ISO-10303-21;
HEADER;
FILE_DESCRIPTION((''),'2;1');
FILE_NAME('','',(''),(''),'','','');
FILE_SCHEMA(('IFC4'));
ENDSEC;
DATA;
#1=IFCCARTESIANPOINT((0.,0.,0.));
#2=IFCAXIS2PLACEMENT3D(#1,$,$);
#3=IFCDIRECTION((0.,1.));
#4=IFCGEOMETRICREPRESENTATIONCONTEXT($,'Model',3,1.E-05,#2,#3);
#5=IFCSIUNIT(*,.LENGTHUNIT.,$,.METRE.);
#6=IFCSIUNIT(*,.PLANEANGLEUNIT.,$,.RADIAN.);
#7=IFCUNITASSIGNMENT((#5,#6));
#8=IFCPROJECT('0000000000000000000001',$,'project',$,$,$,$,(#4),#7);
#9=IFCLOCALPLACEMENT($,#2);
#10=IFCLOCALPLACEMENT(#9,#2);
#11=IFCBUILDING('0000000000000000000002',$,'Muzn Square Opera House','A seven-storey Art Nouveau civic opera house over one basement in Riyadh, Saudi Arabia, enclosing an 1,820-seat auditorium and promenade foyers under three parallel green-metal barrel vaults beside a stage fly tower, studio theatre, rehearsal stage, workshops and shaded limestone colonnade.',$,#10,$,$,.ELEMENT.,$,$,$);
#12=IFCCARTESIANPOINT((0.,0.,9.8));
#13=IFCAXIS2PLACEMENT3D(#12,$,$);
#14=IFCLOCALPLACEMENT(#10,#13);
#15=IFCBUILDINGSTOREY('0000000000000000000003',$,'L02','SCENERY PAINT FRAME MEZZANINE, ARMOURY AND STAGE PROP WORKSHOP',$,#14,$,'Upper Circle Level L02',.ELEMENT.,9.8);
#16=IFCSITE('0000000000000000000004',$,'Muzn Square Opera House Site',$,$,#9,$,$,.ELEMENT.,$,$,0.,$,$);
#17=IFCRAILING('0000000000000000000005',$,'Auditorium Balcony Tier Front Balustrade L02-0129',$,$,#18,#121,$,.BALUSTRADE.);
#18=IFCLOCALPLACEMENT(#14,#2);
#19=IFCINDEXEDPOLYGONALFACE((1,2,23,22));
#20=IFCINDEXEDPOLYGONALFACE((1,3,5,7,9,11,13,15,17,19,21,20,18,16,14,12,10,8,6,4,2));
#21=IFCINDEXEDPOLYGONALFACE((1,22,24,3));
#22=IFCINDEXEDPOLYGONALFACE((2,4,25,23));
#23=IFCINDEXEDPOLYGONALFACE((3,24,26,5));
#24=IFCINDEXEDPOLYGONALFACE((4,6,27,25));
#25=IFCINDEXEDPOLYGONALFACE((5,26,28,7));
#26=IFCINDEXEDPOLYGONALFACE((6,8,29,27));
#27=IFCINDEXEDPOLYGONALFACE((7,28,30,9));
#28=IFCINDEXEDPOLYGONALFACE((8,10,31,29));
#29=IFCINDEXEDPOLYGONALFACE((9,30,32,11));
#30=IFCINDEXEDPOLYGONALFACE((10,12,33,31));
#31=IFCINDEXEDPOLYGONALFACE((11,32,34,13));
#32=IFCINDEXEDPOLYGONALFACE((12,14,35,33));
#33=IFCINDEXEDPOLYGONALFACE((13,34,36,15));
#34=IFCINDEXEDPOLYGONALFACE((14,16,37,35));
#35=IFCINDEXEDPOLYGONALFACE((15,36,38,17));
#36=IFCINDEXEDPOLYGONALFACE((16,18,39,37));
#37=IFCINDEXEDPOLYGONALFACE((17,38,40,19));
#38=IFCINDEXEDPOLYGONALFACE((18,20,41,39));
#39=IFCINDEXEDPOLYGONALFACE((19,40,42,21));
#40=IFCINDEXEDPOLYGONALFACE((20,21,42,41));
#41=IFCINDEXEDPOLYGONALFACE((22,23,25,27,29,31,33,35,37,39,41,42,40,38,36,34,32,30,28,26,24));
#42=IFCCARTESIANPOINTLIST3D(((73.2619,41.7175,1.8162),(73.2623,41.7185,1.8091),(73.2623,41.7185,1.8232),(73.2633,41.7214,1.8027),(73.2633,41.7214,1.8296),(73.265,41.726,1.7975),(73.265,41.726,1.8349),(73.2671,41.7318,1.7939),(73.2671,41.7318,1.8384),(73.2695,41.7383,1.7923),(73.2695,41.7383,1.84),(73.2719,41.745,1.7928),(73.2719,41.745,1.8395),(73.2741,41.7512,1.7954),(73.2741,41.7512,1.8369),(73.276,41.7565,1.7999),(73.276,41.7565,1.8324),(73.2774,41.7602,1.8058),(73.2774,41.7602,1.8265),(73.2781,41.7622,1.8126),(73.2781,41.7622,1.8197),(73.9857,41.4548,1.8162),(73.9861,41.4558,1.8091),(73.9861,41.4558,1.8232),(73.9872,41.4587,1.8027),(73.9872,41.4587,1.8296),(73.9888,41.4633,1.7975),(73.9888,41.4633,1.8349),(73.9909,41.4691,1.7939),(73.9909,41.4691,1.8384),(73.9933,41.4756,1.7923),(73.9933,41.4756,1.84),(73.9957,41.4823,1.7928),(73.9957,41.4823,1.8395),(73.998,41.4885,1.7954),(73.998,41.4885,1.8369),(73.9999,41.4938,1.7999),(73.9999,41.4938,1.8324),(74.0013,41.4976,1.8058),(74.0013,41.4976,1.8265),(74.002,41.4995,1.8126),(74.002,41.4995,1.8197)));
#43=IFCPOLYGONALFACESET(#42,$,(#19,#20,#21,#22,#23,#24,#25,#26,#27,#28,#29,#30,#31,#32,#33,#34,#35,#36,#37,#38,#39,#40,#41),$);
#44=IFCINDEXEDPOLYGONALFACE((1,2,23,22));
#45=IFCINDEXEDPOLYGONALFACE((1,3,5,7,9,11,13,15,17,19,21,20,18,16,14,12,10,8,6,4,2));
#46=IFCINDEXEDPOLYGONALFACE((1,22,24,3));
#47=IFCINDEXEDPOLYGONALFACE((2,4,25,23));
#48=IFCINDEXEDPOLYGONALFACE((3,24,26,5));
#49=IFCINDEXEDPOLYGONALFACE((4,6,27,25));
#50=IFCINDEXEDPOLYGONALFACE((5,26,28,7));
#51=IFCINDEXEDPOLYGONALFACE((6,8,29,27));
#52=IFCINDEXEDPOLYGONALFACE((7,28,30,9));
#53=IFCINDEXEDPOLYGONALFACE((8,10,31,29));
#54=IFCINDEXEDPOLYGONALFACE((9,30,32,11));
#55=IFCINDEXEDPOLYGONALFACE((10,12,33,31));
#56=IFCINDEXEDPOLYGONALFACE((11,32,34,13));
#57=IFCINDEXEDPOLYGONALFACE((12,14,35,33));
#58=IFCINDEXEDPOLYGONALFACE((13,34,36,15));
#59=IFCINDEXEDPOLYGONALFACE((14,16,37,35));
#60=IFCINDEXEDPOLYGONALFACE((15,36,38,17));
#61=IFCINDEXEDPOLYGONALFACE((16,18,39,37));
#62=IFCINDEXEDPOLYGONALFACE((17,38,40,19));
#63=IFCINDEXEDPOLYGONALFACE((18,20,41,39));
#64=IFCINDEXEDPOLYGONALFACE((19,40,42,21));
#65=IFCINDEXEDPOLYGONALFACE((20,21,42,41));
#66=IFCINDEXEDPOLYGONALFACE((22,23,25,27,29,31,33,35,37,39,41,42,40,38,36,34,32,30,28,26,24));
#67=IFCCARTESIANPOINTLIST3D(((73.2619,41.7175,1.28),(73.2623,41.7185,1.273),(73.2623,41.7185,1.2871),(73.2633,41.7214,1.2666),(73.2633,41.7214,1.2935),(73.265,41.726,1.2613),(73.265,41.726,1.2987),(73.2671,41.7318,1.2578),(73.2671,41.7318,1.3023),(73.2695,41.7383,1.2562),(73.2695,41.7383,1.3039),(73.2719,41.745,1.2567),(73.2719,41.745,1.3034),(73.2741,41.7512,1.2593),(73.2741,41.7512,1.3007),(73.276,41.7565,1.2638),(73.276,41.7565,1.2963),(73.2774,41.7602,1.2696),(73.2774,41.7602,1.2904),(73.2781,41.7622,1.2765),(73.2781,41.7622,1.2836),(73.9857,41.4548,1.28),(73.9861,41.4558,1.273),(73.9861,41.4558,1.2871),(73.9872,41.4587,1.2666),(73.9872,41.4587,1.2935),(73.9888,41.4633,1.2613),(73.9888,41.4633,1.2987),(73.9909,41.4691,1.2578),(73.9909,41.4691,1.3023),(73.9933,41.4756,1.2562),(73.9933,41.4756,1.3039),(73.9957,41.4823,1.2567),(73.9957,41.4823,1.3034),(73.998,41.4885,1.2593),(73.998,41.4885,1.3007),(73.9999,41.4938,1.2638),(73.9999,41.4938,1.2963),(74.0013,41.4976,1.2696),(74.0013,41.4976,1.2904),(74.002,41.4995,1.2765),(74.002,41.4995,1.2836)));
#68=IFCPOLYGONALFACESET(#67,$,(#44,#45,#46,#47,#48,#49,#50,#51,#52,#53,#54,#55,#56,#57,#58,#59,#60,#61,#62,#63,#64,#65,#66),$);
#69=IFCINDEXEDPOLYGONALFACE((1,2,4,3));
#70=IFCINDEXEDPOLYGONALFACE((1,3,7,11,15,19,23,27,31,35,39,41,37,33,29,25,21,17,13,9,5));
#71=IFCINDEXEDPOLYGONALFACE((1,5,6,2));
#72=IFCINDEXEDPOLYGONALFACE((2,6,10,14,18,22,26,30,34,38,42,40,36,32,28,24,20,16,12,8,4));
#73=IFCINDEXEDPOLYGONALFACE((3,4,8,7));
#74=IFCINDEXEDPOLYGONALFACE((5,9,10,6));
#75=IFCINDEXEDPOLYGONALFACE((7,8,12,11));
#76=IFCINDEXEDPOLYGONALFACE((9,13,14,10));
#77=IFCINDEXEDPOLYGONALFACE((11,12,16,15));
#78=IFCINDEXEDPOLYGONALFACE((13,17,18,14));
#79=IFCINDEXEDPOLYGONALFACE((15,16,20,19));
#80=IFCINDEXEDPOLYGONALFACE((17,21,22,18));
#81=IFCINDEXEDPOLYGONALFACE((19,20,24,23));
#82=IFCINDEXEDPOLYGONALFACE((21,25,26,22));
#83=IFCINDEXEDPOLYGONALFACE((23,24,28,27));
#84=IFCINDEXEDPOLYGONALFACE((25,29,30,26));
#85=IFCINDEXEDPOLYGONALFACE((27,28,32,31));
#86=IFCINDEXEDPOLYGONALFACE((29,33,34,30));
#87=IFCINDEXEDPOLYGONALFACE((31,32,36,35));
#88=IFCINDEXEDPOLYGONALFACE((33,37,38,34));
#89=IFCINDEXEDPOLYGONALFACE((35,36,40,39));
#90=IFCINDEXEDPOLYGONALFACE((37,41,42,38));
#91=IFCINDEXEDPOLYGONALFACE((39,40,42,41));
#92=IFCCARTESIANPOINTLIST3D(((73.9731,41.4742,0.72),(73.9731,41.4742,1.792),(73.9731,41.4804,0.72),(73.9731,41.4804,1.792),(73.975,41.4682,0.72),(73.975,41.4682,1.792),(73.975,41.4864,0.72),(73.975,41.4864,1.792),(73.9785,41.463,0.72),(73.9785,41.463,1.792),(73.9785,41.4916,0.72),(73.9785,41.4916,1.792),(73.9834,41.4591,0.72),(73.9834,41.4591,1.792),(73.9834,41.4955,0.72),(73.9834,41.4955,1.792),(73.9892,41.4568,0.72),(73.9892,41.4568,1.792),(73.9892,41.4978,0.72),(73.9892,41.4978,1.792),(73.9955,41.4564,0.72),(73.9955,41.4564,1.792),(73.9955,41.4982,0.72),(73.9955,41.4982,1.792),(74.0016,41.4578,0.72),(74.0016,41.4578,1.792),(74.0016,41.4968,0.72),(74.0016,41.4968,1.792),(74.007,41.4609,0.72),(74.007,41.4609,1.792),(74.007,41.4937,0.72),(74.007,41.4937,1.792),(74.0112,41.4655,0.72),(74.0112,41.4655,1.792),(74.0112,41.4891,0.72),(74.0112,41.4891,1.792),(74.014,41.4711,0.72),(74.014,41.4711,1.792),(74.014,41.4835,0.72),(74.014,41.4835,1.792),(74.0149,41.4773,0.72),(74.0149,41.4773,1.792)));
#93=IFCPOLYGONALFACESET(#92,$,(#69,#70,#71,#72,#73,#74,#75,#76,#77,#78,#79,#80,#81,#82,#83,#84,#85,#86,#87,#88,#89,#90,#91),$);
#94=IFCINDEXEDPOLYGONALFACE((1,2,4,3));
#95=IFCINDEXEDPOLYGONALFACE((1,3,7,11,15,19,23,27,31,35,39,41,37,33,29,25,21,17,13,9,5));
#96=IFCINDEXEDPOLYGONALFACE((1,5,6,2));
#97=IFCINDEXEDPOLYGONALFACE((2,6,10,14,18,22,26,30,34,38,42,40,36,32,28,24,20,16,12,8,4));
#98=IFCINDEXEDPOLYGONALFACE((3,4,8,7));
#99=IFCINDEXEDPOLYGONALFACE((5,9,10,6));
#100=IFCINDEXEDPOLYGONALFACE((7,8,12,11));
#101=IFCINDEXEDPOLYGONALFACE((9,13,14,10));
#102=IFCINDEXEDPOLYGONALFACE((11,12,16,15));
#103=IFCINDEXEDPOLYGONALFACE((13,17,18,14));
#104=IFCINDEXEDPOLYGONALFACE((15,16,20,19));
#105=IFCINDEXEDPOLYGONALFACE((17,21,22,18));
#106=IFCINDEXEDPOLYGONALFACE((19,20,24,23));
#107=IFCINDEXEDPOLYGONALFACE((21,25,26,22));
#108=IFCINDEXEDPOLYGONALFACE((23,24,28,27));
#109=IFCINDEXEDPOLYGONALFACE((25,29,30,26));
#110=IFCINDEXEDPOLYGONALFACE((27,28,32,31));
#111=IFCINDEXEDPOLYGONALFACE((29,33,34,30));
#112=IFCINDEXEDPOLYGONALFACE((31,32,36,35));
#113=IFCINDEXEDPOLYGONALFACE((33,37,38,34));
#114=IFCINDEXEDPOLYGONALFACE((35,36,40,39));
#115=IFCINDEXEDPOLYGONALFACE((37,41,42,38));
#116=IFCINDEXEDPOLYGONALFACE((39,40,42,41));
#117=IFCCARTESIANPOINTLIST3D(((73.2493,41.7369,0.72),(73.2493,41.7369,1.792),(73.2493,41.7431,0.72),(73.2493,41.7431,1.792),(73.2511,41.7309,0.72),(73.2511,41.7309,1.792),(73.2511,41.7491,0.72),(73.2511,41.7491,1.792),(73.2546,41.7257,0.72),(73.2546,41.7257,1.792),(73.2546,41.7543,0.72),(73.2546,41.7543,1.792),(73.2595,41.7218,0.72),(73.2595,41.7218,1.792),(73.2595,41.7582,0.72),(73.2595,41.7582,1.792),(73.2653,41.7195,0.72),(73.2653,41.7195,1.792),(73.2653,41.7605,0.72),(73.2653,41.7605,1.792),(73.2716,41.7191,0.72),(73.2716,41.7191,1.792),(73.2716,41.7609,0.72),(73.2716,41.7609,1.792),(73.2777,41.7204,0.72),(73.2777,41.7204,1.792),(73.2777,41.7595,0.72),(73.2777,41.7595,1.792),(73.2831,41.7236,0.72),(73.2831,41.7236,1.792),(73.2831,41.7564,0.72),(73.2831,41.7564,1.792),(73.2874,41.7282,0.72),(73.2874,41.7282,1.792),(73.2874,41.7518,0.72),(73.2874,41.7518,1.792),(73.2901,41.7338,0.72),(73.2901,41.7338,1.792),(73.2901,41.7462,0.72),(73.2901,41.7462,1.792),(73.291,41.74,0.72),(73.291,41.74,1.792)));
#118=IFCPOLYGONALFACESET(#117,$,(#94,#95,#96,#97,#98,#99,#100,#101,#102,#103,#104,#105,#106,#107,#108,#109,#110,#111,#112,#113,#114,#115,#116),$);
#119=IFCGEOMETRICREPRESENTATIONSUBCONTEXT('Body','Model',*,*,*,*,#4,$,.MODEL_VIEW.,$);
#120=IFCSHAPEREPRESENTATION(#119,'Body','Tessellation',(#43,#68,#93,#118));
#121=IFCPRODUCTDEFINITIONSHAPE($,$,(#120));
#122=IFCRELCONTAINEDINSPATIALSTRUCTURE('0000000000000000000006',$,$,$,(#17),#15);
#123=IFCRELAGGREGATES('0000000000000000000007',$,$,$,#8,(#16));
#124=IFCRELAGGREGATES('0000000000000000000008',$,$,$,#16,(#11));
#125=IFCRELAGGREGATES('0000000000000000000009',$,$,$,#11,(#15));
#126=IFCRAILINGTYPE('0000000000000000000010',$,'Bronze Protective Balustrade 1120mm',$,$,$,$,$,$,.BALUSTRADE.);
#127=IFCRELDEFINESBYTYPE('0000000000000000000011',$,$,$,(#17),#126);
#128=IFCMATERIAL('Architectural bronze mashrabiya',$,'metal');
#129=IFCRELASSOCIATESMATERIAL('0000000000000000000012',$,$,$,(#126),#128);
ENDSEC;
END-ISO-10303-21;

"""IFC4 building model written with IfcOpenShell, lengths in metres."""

from ifc_helpers import new_model, si_unit, direction, frame, origin, origin_2d, place, context, subcontext, project, spatial, circle, extrude, material, type_object, element, save


model = new_model("IFC4")

# Units and contexts
model_context = context("Model", 3, precision=1e-05, world=origin(), true_north=direction((0.0, 1.0)))
body_context = subcontext(model_context, "Body", "Model", "MODEL_VIEW")
ifc_project = project(units=[si_unit("LENGTHUNIT", "METRE"), si_unit("PLANEANGLEUNIT", "RADIAN")], contexts=[model_context])

# Site, building, storey
site_placement = place(None, origin())
site = spatial("IfcSite", under=ifc_project, at=site_placement, Name="Muzn Square Opera House Site", CompositionType="ELEMENT", RefElevation=0.0)
building_placement = place(site_placement, origin())
building = spatial("IfcBuilding", under=site, at=building_placement, Name="Muzn Square Opera House", Description="A seven-storey Art Nouveau civic opera house over one basement in Riyadh, Saudi Arabia, enclosing an 1,820-seat auditorium and promenade foyers under three parallel green-metal barrel vaults beside a stage fly tower, studio theatre, rehearsal stage, workshops and shaded limestone colonnade.", CompositionType="ELEMENT")
storey_placement = place(building_placement, frame((0.0, 0.0, 9.8)))
storey = spatial("IfcBuildingStorey", under=building, at=storey_placement, Name="L02", Description="SCENERY PAINT FRAME MEZZANINE, ARMOURY AND STAGE PROP WORKSHOP", LongName="Upper Circle Level L02", CompositionType="ELEMENT", Elevation=9.8)

# Railing
ifc_material_1 = material(Name="Architectural bronze mashrabiya", Category="metal")
railing_type = type_object("IfcRailingType", Name="Bronze Protective Balustrade 1120mm", PredefinedType="BALUSTRADE", material=ifc_material_1)
railing_1_placement = place(storey_placement, frame((73.9939, 41.4773, 0.72)))
element("IfcRailing", 1, at=railing_1_placement, inside=storey, type_object=railing_type, Name="Auditorium Balcony Tier Front Balustrade L02-0129", PredefinedType="BALUSTRADE", context=body_context, shape_type="SweptSolid", body=[
    extrude(circle(Radius=0.0239, at=origin_2d()), frame((0.0, 0.0, 1.0962), z_axis=(-0.940015, 0.341132, 0.0), x_axis=(-0.341132, -0.940015, 0.0)), (0.0, 0.0, 1.0), 0.77),
    extrude(circle(Radius=0.0239, at=origin_2d()), frame((0.0, 0.0, 0.5601), z_axis=(-0.940015, 0.341132, 0.0), x_axis=(-0.341132, -0.940015, 0.0)), (0.0, 0.0, 1.0), 0.77),
    extrude(circle(Radius=0.021, at=origin_2d()), origin(), (0.0, 0.0, 1.0), 1.072),
    extrude(circle(Radius=0.021, at=origin_2d()), frame((-0.7239, 0.2627, 0.0)), (0.0, 0.0, 1.0), 1.072),
])

save(model, "model.ifc")
